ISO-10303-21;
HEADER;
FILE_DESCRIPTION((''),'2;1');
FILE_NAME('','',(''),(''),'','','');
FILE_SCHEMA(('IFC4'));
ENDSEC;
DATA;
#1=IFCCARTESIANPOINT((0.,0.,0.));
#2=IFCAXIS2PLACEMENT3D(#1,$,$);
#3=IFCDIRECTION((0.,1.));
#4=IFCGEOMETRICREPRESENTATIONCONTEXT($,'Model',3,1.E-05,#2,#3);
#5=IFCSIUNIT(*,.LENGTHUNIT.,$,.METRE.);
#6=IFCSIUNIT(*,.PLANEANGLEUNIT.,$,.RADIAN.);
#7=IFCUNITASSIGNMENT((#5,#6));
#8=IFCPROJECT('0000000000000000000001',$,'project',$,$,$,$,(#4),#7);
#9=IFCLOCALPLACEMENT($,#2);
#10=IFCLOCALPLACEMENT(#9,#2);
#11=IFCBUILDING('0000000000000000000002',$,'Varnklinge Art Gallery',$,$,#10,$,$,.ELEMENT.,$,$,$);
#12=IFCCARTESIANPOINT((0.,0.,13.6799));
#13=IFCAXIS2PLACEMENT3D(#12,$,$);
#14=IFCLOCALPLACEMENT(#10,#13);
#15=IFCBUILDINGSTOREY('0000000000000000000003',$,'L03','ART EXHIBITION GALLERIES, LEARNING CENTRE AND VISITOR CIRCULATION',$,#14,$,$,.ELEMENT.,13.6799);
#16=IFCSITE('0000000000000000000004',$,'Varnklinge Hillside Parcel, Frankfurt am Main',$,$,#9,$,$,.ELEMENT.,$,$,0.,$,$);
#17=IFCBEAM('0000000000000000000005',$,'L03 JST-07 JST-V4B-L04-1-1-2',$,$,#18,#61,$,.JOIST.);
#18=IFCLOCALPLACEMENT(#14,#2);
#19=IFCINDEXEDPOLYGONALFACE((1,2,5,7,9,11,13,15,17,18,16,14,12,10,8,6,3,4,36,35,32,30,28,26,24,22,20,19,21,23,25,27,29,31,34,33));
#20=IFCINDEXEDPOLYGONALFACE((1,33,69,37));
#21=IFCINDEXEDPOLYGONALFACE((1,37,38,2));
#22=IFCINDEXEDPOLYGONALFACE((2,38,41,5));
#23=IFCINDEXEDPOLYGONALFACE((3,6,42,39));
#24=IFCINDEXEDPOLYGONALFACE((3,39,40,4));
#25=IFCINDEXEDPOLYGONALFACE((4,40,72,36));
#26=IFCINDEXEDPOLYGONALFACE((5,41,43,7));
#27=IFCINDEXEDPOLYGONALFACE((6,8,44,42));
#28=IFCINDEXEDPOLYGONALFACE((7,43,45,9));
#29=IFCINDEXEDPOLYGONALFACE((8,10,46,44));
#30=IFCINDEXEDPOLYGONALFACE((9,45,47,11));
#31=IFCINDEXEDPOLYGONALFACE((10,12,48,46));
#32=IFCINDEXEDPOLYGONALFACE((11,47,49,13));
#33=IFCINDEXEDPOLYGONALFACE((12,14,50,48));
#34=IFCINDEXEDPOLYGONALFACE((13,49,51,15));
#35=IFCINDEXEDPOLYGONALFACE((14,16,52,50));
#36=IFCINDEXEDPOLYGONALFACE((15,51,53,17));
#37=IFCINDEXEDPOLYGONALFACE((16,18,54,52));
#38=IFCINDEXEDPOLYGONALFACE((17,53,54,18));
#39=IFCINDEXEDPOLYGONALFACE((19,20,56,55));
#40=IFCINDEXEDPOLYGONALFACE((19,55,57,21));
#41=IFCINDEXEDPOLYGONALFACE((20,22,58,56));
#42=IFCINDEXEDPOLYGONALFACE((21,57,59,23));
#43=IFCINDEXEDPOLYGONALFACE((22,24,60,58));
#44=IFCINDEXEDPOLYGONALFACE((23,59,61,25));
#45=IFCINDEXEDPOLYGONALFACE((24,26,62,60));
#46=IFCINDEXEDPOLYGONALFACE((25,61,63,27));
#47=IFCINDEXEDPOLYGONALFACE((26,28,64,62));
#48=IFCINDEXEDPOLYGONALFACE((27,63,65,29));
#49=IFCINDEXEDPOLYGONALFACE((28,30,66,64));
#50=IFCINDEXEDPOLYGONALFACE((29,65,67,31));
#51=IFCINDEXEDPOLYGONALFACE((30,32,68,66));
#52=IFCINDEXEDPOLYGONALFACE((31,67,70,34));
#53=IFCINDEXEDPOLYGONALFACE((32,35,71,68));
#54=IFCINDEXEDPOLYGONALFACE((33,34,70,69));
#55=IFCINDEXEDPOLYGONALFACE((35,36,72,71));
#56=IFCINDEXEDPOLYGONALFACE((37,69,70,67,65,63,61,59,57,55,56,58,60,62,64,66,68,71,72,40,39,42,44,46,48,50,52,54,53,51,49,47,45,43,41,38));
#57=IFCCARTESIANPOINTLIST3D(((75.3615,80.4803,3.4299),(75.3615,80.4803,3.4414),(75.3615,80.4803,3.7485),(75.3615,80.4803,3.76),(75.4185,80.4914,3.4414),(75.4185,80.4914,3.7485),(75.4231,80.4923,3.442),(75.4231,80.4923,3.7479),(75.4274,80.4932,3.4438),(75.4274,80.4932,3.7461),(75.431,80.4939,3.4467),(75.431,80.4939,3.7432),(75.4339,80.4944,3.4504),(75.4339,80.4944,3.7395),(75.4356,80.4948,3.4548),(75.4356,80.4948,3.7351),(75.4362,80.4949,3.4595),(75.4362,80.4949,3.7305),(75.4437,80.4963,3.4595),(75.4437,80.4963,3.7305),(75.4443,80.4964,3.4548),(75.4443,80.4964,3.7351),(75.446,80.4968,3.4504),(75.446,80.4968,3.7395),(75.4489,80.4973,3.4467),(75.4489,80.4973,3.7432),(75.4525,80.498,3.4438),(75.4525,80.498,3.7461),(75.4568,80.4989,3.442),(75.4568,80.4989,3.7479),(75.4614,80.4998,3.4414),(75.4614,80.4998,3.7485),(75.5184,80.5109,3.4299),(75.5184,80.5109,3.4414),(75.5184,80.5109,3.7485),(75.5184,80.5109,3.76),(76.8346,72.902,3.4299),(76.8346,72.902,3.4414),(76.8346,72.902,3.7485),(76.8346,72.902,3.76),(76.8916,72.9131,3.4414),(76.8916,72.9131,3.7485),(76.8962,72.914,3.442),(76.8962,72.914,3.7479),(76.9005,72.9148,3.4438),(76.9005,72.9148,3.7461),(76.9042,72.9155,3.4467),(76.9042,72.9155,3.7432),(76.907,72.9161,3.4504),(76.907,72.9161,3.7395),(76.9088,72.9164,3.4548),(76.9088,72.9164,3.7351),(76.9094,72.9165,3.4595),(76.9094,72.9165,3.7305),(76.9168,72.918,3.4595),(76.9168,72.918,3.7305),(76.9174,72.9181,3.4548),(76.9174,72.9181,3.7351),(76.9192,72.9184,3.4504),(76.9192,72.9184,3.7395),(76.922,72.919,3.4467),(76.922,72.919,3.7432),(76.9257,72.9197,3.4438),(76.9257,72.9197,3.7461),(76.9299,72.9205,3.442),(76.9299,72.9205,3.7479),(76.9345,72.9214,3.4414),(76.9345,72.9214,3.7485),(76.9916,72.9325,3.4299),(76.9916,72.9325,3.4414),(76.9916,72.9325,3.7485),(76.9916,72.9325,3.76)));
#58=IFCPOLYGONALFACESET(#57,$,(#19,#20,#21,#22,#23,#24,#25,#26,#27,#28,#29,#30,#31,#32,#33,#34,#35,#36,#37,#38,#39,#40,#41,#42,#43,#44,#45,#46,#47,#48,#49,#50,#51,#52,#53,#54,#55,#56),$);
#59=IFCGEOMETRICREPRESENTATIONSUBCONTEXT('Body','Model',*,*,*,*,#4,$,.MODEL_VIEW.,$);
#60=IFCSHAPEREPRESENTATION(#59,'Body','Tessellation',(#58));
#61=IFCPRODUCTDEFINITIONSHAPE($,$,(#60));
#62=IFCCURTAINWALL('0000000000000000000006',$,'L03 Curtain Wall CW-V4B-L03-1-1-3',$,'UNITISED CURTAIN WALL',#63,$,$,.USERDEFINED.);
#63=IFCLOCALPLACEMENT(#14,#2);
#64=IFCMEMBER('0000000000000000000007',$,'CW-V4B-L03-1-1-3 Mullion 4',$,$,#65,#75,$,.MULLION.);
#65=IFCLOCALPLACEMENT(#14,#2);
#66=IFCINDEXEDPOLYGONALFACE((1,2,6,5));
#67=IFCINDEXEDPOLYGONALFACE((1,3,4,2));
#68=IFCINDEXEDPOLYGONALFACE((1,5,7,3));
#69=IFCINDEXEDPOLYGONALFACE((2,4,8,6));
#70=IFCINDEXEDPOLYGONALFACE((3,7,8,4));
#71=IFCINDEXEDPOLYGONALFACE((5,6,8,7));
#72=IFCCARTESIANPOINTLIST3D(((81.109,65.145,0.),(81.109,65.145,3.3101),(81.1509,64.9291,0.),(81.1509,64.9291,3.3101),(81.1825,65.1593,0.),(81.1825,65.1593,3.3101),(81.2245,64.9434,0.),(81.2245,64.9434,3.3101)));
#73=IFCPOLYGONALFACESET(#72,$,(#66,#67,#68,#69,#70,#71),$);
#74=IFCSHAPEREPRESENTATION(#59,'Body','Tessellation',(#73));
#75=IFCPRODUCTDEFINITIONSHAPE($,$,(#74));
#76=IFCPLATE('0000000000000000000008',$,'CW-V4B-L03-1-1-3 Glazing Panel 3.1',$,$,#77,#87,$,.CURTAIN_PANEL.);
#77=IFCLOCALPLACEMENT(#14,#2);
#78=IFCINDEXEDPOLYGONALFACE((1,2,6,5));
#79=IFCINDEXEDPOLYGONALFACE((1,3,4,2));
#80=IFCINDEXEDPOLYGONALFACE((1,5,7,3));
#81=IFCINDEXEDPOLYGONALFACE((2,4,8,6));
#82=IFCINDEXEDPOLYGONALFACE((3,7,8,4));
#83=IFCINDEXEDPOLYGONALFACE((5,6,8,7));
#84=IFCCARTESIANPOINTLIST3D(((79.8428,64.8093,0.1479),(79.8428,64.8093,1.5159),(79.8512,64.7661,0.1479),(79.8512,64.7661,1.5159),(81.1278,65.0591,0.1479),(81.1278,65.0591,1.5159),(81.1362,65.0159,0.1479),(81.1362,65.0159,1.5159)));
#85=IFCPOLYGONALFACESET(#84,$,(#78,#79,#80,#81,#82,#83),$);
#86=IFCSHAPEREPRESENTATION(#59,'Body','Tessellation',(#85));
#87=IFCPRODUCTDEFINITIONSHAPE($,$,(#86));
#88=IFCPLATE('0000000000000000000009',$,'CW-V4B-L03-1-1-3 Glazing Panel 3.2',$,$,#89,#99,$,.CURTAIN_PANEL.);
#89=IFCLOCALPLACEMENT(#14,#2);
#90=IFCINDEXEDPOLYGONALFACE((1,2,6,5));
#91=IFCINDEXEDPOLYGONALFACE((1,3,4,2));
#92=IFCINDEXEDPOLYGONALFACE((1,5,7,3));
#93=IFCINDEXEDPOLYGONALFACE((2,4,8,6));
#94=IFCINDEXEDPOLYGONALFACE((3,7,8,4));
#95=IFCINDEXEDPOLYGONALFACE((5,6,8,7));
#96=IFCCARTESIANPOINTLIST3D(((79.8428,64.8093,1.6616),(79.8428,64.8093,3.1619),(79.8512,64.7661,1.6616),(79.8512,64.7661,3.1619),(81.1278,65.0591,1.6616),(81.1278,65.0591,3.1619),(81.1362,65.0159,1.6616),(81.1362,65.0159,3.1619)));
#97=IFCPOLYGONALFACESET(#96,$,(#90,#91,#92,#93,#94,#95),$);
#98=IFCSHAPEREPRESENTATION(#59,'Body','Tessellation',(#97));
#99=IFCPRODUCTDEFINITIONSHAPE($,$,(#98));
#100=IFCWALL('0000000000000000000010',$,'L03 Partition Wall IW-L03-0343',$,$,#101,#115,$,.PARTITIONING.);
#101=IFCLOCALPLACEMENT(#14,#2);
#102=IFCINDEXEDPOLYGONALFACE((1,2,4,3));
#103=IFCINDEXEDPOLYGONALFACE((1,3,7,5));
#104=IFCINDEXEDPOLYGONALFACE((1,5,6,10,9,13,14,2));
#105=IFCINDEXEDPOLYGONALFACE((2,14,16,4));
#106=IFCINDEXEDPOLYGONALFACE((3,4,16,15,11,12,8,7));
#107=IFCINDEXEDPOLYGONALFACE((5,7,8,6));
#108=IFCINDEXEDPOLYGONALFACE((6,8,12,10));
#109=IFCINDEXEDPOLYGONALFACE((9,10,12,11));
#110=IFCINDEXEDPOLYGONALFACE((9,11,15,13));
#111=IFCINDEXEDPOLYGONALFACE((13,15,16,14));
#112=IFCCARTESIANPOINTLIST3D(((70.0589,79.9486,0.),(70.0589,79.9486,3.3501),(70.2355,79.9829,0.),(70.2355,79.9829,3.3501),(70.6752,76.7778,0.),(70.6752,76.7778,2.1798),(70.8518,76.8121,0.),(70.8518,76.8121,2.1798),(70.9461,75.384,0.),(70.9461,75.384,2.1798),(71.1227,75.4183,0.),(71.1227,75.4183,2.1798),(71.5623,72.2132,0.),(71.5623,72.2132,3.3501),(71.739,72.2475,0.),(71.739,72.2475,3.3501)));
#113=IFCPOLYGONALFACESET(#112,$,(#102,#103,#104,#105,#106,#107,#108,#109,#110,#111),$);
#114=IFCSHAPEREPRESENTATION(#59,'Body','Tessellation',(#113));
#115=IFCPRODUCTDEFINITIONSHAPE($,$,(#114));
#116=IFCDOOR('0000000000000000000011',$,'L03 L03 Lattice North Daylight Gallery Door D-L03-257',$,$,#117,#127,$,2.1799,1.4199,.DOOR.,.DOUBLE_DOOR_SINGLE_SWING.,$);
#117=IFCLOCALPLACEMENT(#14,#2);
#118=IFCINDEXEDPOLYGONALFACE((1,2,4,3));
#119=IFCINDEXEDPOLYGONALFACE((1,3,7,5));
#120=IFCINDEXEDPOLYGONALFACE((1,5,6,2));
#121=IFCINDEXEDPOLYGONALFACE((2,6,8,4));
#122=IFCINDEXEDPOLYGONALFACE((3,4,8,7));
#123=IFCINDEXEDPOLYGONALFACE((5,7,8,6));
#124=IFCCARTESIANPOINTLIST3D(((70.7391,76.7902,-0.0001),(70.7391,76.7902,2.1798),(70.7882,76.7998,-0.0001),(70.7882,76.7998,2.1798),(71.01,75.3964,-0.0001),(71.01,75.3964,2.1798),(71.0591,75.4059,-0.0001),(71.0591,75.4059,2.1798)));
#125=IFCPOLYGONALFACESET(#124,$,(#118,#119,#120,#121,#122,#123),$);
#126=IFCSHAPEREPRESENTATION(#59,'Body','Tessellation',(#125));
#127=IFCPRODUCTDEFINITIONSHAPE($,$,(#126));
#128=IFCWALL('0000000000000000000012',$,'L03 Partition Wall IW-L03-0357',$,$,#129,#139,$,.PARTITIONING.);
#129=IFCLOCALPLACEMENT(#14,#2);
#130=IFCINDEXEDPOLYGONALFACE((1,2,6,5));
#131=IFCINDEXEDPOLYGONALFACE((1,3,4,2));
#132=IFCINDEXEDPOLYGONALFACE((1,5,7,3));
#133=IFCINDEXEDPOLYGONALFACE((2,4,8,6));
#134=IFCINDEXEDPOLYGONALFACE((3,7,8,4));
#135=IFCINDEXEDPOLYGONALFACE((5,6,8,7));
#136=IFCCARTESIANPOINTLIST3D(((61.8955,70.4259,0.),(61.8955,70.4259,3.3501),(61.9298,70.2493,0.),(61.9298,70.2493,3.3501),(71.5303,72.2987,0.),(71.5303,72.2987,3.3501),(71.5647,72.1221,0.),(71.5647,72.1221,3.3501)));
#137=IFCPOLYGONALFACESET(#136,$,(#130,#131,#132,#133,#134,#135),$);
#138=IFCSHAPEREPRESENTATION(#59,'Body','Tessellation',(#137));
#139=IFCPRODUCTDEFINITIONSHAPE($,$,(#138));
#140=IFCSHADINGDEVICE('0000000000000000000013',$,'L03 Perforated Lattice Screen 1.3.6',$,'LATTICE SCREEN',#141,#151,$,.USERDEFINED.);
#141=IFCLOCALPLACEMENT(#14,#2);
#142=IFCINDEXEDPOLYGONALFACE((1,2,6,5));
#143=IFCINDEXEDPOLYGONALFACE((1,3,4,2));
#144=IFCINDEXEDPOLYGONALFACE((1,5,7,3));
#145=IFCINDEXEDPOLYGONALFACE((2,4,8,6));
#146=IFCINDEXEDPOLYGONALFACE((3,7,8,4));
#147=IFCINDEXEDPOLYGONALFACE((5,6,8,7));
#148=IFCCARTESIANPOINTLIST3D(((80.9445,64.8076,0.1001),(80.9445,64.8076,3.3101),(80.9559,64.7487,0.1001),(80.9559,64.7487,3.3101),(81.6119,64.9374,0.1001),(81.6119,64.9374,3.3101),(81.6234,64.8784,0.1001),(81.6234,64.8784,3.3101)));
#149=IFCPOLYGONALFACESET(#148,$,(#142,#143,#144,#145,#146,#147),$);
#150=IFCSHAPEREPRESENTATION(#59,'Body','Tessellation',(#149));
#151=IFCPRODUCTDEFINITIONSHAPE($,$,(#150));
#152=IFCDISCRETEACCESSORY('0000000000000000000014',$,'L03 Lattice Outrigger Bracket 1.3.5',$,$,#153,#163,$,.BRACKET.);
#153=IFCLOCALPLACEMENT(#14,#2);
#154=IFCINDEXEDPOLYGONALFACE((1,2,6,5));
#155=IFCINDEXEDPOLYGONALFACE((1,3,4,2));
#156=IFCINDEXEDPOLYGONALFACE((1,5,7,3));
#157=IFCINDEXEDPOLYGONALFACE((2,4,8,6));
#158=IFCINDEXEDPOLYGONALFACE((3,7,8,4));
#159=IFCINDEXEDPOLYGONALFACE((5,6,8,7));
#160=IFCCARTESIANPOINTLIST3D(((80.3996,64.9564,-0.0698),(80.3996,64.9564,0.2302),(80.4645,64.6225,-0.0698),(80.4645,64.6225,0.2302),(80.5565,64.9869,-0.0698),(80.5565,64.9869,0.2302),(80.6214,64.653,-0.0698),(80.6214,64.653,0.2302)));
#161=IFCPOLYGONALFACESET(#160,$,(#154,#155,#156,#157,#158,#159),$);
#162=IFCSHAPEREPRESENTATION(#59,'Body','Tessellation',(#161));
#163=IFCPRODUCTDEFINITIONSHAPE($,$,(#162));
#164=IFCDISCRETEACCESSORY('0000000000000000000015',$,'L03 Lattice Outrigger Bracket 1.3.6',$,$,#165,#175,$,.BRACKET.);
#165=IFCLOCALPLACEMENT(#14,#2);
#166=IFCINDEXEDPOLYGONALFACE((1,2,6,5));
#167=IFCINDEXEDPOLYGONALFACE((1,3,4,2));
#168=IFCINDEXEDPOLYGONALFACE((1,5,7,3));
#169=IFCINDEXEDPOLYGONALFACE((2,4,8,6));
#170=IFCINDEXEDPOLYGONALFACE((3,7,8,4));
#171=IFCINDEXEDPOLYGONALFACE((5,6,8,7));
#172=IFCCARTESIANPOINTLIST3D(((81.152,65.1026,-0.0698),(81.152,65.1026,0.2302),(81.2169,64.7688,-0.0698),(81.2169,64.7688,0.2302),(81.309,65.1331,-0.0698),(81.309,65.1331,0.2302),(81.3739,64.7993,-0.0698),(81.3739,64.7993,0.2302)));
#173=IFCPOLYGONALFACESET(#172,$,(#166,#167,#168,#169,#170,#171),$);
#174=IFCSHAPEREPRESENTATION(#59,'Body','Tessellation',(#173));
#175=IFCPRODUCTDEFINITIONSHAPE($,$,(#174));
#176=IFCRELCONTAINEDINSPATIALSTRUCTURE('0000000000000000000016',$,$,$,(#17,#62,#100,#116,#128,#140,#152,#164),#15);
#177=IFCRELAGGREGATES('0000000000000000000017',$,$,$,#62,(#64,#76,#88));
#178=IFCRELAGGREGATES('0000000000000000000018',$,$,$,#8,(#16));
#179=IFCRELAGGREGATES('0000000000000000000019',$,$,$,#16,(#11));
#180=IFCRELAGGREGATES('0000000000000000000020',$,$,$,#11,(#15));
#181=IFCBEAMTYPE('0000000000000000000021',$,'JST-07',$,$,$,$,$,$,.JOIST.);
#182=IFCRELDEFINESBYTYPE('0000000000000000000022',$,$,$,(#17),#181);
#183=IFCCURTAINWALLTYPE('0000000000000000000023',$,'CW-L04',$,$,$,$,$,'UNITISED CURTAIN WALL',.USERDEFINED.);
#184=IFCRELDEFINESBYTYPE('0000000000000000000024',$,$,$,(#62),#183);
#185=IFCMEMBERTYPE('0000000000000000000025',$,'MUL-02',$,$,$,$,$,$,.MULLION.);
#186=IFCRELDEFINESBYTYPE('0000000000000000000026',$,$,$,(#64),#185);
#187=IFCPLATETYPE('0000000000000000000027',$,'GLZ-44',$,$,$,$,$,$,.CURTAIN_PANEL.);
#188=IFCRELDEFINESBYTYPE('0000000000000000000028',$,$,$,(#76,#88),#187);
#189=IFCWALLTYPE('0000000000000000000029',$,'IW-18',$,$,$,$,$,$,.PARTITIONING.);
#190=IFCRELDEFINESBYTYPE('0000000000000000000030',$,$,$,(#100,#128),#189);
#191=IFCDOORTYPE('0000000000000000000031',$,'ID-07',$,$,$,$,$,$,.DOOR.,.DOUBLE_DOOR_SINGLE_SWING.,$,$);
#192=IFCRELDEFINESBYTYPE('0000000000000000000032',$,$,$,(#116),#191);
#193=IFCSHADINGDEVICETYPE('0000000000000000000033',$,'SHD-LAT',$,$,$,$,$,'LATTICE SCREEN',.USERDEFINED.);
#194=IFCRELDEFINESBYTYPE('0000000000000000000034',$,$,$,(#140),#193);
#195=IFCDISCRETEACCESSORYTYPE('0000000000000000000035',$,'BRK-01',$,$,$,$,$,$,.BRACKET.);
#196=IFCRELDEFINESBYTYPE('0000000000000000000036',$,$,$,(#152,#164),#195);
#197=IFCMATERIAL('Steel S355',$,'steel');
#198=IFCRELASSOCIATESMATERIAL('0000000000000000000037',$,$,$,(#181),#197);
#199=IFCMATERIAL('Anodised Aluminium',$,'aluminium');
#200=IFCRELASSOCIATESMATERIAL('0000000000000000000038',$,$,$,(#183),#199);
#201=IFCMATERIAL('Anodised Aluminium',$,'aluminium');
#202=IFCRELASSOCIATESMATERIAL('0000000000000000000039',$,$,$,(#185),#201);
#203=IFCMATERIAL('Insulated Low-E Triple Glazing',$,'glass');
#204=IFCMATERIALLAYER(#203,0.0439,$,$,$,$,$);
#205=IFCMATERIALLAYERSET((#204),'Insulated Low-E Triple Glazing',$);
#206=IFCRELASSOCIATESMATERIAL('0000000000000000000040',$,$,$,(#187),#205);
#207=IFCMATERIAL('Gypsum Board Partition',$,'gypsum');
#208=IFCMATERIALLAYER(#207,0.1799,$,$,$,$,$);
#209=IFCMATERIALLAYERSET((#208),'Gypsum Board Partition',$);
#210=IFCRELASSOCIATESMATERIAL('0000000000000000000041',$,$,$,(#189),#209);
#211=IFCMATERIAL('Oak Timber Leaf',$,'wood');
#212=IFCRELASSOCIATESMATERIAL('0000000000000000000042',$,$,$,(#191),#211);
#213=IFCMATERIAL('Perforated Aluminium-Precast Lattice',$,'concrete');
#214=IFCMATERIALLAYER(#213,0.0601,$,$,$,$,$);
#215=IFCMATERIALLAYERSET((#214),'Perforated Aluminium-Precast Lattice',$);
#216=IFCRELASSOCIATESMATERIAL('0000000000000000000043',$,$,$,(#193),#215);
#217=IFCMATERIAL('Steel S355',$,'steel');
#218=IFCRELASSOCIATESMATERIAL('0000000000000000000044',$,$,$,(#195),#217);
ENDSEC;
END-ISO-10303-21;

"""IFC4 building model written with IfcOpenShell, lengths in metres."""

from ifc_helpers import new_model, si_unit, direction, frame, frame_2d, origin, origin_2d, place, context, subcontext, project, spatial, rectangle, i_section, extrude, material, layer, layer_set, material_profile, profile_set, type_object, element, fill, aggregate, save


model = new_model("IFC4")

# Units and contexts
model_context = context("Model", 3, precision=1e-05, world=origin(), true_north=direction((0.0, 1.0)))
body_context = subcontext(model_context, "Body", "Model", "MODEL_VIEW")
ifc_project = project(units=[si_unit("LENGTHUNIT", "METRE"), si_unit("PLANEANGLEUNIT", "RADIAN")], contexts=[model_context])

# Site, building, storey
site_placement = place(None, origin())
site = spatial("IfcSite", under=ifc_project, at=site_placement, Name="Varnklinge Hillside Parcel, Frankfurt am Main", CompositionType="ELEMENT", RefElevation=0.0)
building_placement = place(site_placement, origin())
building = spatial("IfcBuilding", under=site, at=building_placement, Name="Varnklinge Art Gallery", CompositionType="ELEMENT")
storey_placement = place(building_placement, frame((0.0, 0.0, 13.6799)))
storey = spatial("IfcBuildingStorey", under=building, at=storey_placement, Name="L03", Description="ART EXHIBITION GALLERIES, LEARNING CENTRE AND VISITOR CIRCULATION", CompositionType="ELEMENT", Elevation=13.6799)

# Beam
ifc_material_1 = material(Name="Steel S355", Category="steel")
ifc_material_profile_1 = material_profile(ifc_material_1, i_section(OverallWidth=0.1599, OverallDepth=0.3301, WebThickness=0.0076, FlangeThickness=0.0115, FilletRadius=0.0181, at=origin_2d()), Name="IPE 330")
ifc_profile_set_1 = profile_set([ifc_material_profile_1], Name="Steel S355")
beam_type_1 = type_object("IfcBeamType", Name="JST-07", PredefinedType="JOIST", material=ifc_profile_set_1)
beam_1_placement = place(storey_placement, frame((76.9131, 72.9172, 3.595), z_axis=(-0.190816, 0.981626, 0.0), x_axis=(-0.981626, -0.190816, 0.0)))
element("IfcBeam", 1, at=beam_1_placement, inside=storey, type_object=beam_type_1, Name="L03 JST-07 JST-V4B-L04-1-1-2", PredefinedType="JOIST", context=body_context, shape_type="SweptSolid", body=[
    extrude(i_section(OverallWidth=0.1599, OverallDepth=0.3301, WebThickness=0.0076, FlangeThickness=0.0115, FilletRadius=0.0181, at=origin_2d()), origin(), (0.0, 0.0, 1.0), 7.7202),
])

# Curtain wall, member, plates
ifc_material_2 = material(Name="Anodised Aluminium", Category="aluminium")
curtain_wall_type = type_object("IfcCurtainWallType", Name="CW-L04", ElementType="UNITISED CURTAIN WALL", PredefinedType="USERDEFINED", material=ifc_material_2)
curtain_wall_placement = place(storey_placement, origin())
curtain_wall = element("IfcCurtainWall", 2, at=curtain_wall_placement, inside=storey, type_object=curtain_wall_type, Name="L03 Curtain Wall CW-V4B-L03-1-1-3", ObjectType="UNITISED CURTAIN WALL", PredefinedType="USERDEFINED")
ifc_material_3 = material(Name="Anodised Aluminium", Category="aluminium")
ifc_material_profile_2 = material_profile(ifc_material_3, rectangle(XDim=0.075, YDim=0.22, at=origin_2d()), Name="ALU 75x220")
ifc_profile_set_2 = profile_set([ifc_material_profile_2], Name="Anodised Aluminium")
member_type = type_object("IfcMemberType", Name="MUL-02", PredefinedType="MULLION", material=ifc_profile_set_2)
member_placement = place(storey_placement, frame((81.1667, 65.0442, 0.0), z_axis=(0.0, 0.0, 1.0), x_axis=(0.981627, 0.190809, 0.0)))
member = element("IfcMember", 3, at=member_placement, type_object=member_type, Name="CW-V4B-L03-1-1-3 Mullion 4", PredefinedType="MULLION", context=body_context, shape_type="SweptSolid", body=[
    extrude(rectangle(XDim=0.075, YDim=0.22, at=origin_2d()), origin(), (0.0, 0.0, 1.0), 3.3101),
])
ifc_material_4 = material(Name="Insulated Low-E Triple Glazing", Category="glass")
ifc_layer_1 = layer(ifc_material_4, 0.0439)
ifc_layer_set_1 = layer_set([ifc_layer_1], Name="Insulated Low-E Triple Glazing")
plate_type = type_object("IfcPlateType", Name="GLZ-44", PredefinedType="CURTAIN_PANEL", material=ifc_layer_set_1)
plate_1_placement = place(storey_placement, frame((80.4895, 64.9126, 0.1479), z_axis=(0.0, 0.0, 1.0), x_axis=(0.981627, 0.190809, 0.0)))
plate_1 = element("IfcPlate", 4, at=plate_1_placement, type_object=plate_type, Name="CW-V4B-L03-1-1-3 Glazing Panel 3.1", PredefinedType="CURTAIN_PANEL", context=body_context, shape_type="SweptSolid", body=[
    extrude(rectangle(XDim=1.3091, YDim=0.0439, at=origin_2d()), origin(), (0.0, 0.0, 1.0), 1.3679),
])
plate_2_placement = place(storey_placement, frame((80.4895, 64.9126, 1.6616), z_axis=(0.0, 0.0, 1.0), x_axis=(0.981627, 0.190809, 0.0)))
plate_2 = element("IfcPlate", 5, at=plate_2_placement, type_object=plate_type, Name="CW-V4B-L03-1-1-3 Glazing Panel 3.2", PredefinedType="CURTAIN_PANEL", context=body_context, shape_type="SweptSolid", body=[
    extrude(rectangle(XDim=1.3091, YDim=0.0439, at=origin_2d()), origin(), (0.0, 0.0, 1.0), 1.5002),
])
aggregate(curtain_wall, [member, plate_1, plate_2])

# Wall, opening, door
ifc_material_5 = material(Name="Gypsum Board Partition", Category="gypsum")
ifc_layer_2 = layer(ifc_material_5, 0.1799)
ifc_layer_set_2 = layer_set([ifc_layer_2], Name="Gypsum Board Partition")
wall_type = type_object("IfcWallType", Name="IW-18", PredefinedType="PARTITIONING", material=ifc_layer_set_2)
wall_1_placement = place(storey_placement, frame((71.6506, 72.2305, 0.0), z_axis=(0.0, 0.0, 1.0), x_axis=(-0.190787, 0.981632, 0.0)))
wall_1 = element("IfcWall", 6, at=wall_1_placement, inside=storey, type_object=wall_type, Name="L03 Partition Wall IW-L03-0343", PredefinedType="PARTITIONING", context=body_context, shape_type="SweptSolid", body=[
    extrude(rectangle(XDim=7.8801, YDim=0.1799, at=frame_2d((3.9399, 0.0))), origin(), (0.0, 0.0, 1.0), 3.3501),
])
opening_placement = place(wall_1_placement, frame((3.23, 0.0, 0.0)))
opening = element("IfcOpeningElement", 7, at=opening_placement, cuts=wall_1, PredefinedType="OPENING", context=body_context, shape_type="SweptSolid", body=[
    extrude(rectangle(XDim=1.4199, YDim=2.1799, at=frame_2d((0.71, 1.0898))), frame((0.0, 0.0999, 0.0), z_axis=(0.0, -1.0, 0.0), x_axis=(1.0, 0.0, 0.0)), (0.0, 0.0, 1.0), 0.2),
])
ifc_material_6 = material(Name="Oak Timber Leaf", Category="wood")
door_type = type_object("IfcDoorType", Name="ID-07", OperationType="DOUBLE_DOOR_SINGLE_SWING", PredefinedType="DOOR", material=ifc_material_6)
door_placement = place(opening_placement, origin())
door = element("IfcDoor", 8, at=door_placement, inside=storey, type_object=door_type, Name="L03 L03 Lattice North Daylight Gallery Door D-L03-257", OperationType="DOUBLE_DOOR_SINGLE_SWING", OverallHeight=2.1799, OverallWidth=1.4199, PredefinedType="DOOR", context=body_context, shape_type="SweptSolid", body=[
    extrude(rectangle(XDim=1.4199, YDim=2.1799, at=frame_2d((0.71, 1.0898))), frame((0.0, 0.0249, 0.0), z_axis=(0.0, -1.0, 0.0), x_axis=(1.0, 0.0, 0.0)), (0.0, 0.0, 1.0), 0.05),
])
fill(opening, door)

# Wall
wall_2_placement = place(storey_placement, frame((71.5476, 72.2104, 0.0), z_axis=(0.0, 0.0, 1.0), x_axis=(-0.981627, -0.190808, 0.0)))
element("IfcWall", 9, at=wall_2_placement, inside=storey, type_object=wall_type, Name="L03 Partition Wall IW-L03-0357", PredefinedType="PARTITIONING", context=body_context, shape_type="SweptSolid", body=[
    extrude(rectangle(XDim=9.8152, YDim=0.1799, at=frame_2d((4.9077, 0.0))), origin(), (0.0, 0.0, 1.0), 3.3501),
])

# Shading device
ifc_material_7 = material(Name="Perforated Aluminium-Precast Lattice", Category="concrete")
ifc_layer_3 = layer(ifc_material_7, 0.0601)
ifc_layer_set_3 = layer_set([ifc_layer_3], Name="Perforated Aluminium-Precast Lattice")
shading_device_type = type_object("IfcShadingDeviceType", Name="SHD-LAT", ElementType="LATTICE SCREEN", PredefinedType="USERDEFINED", material=ifc_layer_set_3)
shading_device_placement = place(storey_placement, frame((81.2839, 64.843, 0.1001), z_axis=(0.0, 0.0, 1.0), x_axis=(0.981627, 0.190809, 0.0)))
element("IfcShadingDevice", 10, at=shading_device_placement, inside=storey, type_object=shading_device_type, Name="L03 Perforated Lattice Screen 1.3.6", ObjectType="LATTICE SCREEN", PredefinedType="USERDEFINED", context=body_context, shape_type="SweptSolid", body=[
    extrude(rectangle(XDim=0.6799, YDim=0.0601, at=origin_2d()), origin(), (0.0, 0.0, 1.0), 3.21),
])

# Discrete accessories
ifc_material_8 = material(Name="Steel S355", Category="steel")
discrete_accessory_type = type_object("IfcDiscreteAccessoryType", Name="BRK-01", PredefinedType="BRACKET", material=ifc_material_8)
for number, where, z_axis, x_axis, name in (
    (11, (80.5105, 64.8047, -0.0698), (0.0, 0.0, 1.0), (0.981627, 0.190809, 0.0), "L03 Lattice Outrigger Bracket 1.3.5"),
    (12, (81.2629, 64.9509, -0.0698), (0.0, 0.0, 1.0), (0.981627, 0.190809, 0.0), "L03 Lattice Outrigger Bracket 1.3.6"),
):
    element("IfcDiscreteAccessory", number, at=place(storey_placement, frame(where, z_axis=z_axis, x_axis=x_axis)), inside=storey, type_object=discrete_accessory_type, Name=name, PredefinedType="BRACKET", context=body_context, shape_type="SweptSolid", body=[
        extrude(rectangle(XDim=0.1599, YDim=0.3401, at=origin_2d()), origin(), (0.0, 0.0, 1.0), 0.3),
    ])

save(model, "model.ifc")
